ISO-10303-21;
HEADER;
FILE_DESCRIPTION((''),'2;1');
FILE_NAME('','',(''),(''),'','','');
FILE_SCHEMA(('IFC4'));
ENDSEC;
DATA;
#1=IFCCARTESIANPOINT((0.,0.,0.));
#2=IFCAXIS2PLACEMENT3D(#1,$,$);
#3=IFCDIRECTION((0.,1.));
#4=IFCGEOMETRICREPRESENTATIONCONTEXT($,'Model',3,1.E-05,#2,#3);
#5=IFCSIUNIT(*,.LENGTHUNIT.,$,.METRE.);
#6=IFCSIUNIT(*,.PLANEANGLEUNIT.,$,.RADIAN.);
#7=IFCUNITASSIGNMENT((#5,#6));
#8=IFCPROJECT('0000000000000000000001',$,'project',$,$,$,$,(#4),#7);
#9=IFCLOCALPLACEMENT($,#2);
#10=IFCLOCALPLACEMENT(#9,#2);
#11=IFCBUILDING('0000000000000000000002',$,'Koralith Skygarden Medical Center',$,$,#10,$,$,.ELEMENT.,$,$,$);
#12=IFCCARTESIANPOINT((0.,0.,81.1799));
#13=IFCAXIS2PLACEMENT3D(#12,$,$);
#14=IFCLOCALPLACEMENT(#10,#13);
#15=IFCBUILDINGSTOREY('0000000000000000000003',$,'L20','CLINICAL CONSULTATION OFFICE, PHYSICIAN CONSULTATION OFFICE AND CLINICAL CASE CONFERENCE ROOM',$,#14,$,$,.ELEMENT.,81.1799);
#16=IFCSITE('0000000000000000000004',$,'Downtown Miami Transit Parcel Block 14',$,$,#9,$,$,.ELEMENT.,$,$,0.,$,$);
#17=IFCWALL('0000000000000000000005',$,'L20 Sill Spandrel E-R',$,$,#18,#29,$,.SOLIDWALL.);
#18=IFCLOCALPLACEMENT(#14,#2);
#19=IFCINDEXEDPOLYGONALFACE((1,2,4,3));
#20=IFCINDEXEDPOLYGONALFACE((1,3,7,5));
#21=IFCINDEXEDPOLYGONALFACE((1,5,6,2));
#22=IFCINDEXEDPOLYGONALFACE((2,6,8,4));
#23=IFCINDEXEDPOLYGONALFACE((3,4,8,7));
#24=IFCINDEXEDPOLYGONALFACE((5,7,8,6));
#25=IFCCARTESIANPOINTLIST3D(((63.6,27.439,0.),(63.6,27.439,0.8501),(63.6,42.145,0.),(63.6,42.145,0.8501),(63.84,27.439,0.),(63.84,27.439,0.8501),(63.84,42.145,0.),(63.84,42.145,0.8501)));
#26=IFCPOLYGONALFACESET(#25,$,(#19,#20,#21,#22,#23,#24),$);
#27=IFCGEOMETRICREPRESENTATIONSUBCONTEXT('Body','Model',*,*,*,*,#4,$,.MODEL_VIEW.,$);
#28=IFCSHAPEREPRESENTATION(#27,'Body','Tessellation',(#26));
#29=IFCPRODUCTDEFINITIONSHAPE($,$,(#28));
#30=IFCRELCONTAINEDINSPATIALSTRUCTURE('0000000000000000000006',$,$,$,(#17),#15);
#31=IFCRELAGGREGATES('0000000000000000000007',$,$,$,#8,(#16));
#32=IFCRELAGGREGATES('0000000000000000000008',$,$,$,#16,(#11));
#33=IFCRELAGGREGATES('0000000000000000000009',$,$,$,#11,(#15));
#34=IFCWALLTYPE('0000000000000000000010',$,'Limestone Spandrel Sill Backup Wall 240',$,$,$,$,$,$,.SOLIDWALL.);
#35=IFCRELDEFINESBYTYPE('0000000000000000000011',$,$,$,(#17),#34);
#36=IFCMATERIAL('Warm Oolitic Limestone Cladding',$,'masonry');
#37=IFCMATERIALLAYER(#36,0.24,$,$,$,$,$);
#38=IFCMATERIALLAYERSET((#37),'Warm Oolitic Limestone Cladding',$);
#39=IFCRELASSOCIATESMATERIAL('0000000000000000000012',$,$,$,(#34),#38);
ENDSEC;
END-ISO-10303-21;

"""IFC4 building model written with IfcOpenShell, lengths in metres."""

from ifc_helpers import new_model, si_unit, direction, frame, frame_2d, origin, place, context, subcontext, project, spatial, rectangle, extrude, material, layer, layer_set, type_object, element, save


model = new_model("IFC4")

# Units and contexts
model_context = context("Model", 3, precision=1e-05, world=origin(), true_north=direction((0.0, 1.0)))
body_context = subcontext(model_context, "Body", "Model", "MODEL_VIEW")
ifc_project = project(units=[si_unit("LENGTHUNIT", "METRE"), si_unit("PLANEANGLEUNIT", "RADIAN")], contexts=[model_context])

# Site, building, storey
site_placement = place(None, origin())
site = spatial("IfcSite", under=ifc_project, at=site_placement, Name="Downtown Miami Transit Parcel Block 14", CompositionType="ELEMENT", RefElevation=0.0)
building_placement = place(site_placement, origin())
building = spatial("IfcBuilding", under=site, at=building_placement, Name="Koralith Skygarden Medical Center", CompositionType="ELEMENT")
storey_placement = place(building_placement, frame((0.0, 0.0, 81.1799)))
storey = spatial("IfcBuildingStorey", under=building, at=storey_placement, Name="L20", Description="CLINICAL CONSULTATION OFFICE, PHYSICIAN CONSULTATION OFFICE AND CLINICAL CASE CONFERENCE ROOM", CompositionType="ELEMENT", Elevation=81.1799)

# Shared definitions
ifc_material_1 = material(Name="Warm Oolitic Limestone Cladding", Category="masonry")

# Wall
ifc_layer_1 = layer(ifc_material_1, 0.24)
ifc_layer_set_1 = layer_set([ifc_layer_1], Name="Warm Oolitic Limestone Cladding")
wall_type_1 = type_object("IfcWallType", Name="Limestone Spandrel Sill Backup Wall 240", PredefinedType="SOLIDWALL", material=ifc_layer_set_1)
wall_1_placement = place(storey_placement, frame((63.72, 27.439, 0.0), z_axis=(0.0, 0.0, 1.0), x_axis=(0.0, 1.0, 0.0)))
element("IfcWall", 1, at=wall_1_placement, inside=storey, type_object=wall_type_1, Name="L20 Sill Spandrel E-R", PredefinedType="SOLIDWALL", context=body_context, shape_type="SweptSolid", body=[
    extrude(rectangle(XDim=14.7061, YDim=0.24, at=frame_2d((7.353, 0.0))), origin(), (0.0, 0.0, 1.0), 0.8501),
])

save(model, "model.ifc")
